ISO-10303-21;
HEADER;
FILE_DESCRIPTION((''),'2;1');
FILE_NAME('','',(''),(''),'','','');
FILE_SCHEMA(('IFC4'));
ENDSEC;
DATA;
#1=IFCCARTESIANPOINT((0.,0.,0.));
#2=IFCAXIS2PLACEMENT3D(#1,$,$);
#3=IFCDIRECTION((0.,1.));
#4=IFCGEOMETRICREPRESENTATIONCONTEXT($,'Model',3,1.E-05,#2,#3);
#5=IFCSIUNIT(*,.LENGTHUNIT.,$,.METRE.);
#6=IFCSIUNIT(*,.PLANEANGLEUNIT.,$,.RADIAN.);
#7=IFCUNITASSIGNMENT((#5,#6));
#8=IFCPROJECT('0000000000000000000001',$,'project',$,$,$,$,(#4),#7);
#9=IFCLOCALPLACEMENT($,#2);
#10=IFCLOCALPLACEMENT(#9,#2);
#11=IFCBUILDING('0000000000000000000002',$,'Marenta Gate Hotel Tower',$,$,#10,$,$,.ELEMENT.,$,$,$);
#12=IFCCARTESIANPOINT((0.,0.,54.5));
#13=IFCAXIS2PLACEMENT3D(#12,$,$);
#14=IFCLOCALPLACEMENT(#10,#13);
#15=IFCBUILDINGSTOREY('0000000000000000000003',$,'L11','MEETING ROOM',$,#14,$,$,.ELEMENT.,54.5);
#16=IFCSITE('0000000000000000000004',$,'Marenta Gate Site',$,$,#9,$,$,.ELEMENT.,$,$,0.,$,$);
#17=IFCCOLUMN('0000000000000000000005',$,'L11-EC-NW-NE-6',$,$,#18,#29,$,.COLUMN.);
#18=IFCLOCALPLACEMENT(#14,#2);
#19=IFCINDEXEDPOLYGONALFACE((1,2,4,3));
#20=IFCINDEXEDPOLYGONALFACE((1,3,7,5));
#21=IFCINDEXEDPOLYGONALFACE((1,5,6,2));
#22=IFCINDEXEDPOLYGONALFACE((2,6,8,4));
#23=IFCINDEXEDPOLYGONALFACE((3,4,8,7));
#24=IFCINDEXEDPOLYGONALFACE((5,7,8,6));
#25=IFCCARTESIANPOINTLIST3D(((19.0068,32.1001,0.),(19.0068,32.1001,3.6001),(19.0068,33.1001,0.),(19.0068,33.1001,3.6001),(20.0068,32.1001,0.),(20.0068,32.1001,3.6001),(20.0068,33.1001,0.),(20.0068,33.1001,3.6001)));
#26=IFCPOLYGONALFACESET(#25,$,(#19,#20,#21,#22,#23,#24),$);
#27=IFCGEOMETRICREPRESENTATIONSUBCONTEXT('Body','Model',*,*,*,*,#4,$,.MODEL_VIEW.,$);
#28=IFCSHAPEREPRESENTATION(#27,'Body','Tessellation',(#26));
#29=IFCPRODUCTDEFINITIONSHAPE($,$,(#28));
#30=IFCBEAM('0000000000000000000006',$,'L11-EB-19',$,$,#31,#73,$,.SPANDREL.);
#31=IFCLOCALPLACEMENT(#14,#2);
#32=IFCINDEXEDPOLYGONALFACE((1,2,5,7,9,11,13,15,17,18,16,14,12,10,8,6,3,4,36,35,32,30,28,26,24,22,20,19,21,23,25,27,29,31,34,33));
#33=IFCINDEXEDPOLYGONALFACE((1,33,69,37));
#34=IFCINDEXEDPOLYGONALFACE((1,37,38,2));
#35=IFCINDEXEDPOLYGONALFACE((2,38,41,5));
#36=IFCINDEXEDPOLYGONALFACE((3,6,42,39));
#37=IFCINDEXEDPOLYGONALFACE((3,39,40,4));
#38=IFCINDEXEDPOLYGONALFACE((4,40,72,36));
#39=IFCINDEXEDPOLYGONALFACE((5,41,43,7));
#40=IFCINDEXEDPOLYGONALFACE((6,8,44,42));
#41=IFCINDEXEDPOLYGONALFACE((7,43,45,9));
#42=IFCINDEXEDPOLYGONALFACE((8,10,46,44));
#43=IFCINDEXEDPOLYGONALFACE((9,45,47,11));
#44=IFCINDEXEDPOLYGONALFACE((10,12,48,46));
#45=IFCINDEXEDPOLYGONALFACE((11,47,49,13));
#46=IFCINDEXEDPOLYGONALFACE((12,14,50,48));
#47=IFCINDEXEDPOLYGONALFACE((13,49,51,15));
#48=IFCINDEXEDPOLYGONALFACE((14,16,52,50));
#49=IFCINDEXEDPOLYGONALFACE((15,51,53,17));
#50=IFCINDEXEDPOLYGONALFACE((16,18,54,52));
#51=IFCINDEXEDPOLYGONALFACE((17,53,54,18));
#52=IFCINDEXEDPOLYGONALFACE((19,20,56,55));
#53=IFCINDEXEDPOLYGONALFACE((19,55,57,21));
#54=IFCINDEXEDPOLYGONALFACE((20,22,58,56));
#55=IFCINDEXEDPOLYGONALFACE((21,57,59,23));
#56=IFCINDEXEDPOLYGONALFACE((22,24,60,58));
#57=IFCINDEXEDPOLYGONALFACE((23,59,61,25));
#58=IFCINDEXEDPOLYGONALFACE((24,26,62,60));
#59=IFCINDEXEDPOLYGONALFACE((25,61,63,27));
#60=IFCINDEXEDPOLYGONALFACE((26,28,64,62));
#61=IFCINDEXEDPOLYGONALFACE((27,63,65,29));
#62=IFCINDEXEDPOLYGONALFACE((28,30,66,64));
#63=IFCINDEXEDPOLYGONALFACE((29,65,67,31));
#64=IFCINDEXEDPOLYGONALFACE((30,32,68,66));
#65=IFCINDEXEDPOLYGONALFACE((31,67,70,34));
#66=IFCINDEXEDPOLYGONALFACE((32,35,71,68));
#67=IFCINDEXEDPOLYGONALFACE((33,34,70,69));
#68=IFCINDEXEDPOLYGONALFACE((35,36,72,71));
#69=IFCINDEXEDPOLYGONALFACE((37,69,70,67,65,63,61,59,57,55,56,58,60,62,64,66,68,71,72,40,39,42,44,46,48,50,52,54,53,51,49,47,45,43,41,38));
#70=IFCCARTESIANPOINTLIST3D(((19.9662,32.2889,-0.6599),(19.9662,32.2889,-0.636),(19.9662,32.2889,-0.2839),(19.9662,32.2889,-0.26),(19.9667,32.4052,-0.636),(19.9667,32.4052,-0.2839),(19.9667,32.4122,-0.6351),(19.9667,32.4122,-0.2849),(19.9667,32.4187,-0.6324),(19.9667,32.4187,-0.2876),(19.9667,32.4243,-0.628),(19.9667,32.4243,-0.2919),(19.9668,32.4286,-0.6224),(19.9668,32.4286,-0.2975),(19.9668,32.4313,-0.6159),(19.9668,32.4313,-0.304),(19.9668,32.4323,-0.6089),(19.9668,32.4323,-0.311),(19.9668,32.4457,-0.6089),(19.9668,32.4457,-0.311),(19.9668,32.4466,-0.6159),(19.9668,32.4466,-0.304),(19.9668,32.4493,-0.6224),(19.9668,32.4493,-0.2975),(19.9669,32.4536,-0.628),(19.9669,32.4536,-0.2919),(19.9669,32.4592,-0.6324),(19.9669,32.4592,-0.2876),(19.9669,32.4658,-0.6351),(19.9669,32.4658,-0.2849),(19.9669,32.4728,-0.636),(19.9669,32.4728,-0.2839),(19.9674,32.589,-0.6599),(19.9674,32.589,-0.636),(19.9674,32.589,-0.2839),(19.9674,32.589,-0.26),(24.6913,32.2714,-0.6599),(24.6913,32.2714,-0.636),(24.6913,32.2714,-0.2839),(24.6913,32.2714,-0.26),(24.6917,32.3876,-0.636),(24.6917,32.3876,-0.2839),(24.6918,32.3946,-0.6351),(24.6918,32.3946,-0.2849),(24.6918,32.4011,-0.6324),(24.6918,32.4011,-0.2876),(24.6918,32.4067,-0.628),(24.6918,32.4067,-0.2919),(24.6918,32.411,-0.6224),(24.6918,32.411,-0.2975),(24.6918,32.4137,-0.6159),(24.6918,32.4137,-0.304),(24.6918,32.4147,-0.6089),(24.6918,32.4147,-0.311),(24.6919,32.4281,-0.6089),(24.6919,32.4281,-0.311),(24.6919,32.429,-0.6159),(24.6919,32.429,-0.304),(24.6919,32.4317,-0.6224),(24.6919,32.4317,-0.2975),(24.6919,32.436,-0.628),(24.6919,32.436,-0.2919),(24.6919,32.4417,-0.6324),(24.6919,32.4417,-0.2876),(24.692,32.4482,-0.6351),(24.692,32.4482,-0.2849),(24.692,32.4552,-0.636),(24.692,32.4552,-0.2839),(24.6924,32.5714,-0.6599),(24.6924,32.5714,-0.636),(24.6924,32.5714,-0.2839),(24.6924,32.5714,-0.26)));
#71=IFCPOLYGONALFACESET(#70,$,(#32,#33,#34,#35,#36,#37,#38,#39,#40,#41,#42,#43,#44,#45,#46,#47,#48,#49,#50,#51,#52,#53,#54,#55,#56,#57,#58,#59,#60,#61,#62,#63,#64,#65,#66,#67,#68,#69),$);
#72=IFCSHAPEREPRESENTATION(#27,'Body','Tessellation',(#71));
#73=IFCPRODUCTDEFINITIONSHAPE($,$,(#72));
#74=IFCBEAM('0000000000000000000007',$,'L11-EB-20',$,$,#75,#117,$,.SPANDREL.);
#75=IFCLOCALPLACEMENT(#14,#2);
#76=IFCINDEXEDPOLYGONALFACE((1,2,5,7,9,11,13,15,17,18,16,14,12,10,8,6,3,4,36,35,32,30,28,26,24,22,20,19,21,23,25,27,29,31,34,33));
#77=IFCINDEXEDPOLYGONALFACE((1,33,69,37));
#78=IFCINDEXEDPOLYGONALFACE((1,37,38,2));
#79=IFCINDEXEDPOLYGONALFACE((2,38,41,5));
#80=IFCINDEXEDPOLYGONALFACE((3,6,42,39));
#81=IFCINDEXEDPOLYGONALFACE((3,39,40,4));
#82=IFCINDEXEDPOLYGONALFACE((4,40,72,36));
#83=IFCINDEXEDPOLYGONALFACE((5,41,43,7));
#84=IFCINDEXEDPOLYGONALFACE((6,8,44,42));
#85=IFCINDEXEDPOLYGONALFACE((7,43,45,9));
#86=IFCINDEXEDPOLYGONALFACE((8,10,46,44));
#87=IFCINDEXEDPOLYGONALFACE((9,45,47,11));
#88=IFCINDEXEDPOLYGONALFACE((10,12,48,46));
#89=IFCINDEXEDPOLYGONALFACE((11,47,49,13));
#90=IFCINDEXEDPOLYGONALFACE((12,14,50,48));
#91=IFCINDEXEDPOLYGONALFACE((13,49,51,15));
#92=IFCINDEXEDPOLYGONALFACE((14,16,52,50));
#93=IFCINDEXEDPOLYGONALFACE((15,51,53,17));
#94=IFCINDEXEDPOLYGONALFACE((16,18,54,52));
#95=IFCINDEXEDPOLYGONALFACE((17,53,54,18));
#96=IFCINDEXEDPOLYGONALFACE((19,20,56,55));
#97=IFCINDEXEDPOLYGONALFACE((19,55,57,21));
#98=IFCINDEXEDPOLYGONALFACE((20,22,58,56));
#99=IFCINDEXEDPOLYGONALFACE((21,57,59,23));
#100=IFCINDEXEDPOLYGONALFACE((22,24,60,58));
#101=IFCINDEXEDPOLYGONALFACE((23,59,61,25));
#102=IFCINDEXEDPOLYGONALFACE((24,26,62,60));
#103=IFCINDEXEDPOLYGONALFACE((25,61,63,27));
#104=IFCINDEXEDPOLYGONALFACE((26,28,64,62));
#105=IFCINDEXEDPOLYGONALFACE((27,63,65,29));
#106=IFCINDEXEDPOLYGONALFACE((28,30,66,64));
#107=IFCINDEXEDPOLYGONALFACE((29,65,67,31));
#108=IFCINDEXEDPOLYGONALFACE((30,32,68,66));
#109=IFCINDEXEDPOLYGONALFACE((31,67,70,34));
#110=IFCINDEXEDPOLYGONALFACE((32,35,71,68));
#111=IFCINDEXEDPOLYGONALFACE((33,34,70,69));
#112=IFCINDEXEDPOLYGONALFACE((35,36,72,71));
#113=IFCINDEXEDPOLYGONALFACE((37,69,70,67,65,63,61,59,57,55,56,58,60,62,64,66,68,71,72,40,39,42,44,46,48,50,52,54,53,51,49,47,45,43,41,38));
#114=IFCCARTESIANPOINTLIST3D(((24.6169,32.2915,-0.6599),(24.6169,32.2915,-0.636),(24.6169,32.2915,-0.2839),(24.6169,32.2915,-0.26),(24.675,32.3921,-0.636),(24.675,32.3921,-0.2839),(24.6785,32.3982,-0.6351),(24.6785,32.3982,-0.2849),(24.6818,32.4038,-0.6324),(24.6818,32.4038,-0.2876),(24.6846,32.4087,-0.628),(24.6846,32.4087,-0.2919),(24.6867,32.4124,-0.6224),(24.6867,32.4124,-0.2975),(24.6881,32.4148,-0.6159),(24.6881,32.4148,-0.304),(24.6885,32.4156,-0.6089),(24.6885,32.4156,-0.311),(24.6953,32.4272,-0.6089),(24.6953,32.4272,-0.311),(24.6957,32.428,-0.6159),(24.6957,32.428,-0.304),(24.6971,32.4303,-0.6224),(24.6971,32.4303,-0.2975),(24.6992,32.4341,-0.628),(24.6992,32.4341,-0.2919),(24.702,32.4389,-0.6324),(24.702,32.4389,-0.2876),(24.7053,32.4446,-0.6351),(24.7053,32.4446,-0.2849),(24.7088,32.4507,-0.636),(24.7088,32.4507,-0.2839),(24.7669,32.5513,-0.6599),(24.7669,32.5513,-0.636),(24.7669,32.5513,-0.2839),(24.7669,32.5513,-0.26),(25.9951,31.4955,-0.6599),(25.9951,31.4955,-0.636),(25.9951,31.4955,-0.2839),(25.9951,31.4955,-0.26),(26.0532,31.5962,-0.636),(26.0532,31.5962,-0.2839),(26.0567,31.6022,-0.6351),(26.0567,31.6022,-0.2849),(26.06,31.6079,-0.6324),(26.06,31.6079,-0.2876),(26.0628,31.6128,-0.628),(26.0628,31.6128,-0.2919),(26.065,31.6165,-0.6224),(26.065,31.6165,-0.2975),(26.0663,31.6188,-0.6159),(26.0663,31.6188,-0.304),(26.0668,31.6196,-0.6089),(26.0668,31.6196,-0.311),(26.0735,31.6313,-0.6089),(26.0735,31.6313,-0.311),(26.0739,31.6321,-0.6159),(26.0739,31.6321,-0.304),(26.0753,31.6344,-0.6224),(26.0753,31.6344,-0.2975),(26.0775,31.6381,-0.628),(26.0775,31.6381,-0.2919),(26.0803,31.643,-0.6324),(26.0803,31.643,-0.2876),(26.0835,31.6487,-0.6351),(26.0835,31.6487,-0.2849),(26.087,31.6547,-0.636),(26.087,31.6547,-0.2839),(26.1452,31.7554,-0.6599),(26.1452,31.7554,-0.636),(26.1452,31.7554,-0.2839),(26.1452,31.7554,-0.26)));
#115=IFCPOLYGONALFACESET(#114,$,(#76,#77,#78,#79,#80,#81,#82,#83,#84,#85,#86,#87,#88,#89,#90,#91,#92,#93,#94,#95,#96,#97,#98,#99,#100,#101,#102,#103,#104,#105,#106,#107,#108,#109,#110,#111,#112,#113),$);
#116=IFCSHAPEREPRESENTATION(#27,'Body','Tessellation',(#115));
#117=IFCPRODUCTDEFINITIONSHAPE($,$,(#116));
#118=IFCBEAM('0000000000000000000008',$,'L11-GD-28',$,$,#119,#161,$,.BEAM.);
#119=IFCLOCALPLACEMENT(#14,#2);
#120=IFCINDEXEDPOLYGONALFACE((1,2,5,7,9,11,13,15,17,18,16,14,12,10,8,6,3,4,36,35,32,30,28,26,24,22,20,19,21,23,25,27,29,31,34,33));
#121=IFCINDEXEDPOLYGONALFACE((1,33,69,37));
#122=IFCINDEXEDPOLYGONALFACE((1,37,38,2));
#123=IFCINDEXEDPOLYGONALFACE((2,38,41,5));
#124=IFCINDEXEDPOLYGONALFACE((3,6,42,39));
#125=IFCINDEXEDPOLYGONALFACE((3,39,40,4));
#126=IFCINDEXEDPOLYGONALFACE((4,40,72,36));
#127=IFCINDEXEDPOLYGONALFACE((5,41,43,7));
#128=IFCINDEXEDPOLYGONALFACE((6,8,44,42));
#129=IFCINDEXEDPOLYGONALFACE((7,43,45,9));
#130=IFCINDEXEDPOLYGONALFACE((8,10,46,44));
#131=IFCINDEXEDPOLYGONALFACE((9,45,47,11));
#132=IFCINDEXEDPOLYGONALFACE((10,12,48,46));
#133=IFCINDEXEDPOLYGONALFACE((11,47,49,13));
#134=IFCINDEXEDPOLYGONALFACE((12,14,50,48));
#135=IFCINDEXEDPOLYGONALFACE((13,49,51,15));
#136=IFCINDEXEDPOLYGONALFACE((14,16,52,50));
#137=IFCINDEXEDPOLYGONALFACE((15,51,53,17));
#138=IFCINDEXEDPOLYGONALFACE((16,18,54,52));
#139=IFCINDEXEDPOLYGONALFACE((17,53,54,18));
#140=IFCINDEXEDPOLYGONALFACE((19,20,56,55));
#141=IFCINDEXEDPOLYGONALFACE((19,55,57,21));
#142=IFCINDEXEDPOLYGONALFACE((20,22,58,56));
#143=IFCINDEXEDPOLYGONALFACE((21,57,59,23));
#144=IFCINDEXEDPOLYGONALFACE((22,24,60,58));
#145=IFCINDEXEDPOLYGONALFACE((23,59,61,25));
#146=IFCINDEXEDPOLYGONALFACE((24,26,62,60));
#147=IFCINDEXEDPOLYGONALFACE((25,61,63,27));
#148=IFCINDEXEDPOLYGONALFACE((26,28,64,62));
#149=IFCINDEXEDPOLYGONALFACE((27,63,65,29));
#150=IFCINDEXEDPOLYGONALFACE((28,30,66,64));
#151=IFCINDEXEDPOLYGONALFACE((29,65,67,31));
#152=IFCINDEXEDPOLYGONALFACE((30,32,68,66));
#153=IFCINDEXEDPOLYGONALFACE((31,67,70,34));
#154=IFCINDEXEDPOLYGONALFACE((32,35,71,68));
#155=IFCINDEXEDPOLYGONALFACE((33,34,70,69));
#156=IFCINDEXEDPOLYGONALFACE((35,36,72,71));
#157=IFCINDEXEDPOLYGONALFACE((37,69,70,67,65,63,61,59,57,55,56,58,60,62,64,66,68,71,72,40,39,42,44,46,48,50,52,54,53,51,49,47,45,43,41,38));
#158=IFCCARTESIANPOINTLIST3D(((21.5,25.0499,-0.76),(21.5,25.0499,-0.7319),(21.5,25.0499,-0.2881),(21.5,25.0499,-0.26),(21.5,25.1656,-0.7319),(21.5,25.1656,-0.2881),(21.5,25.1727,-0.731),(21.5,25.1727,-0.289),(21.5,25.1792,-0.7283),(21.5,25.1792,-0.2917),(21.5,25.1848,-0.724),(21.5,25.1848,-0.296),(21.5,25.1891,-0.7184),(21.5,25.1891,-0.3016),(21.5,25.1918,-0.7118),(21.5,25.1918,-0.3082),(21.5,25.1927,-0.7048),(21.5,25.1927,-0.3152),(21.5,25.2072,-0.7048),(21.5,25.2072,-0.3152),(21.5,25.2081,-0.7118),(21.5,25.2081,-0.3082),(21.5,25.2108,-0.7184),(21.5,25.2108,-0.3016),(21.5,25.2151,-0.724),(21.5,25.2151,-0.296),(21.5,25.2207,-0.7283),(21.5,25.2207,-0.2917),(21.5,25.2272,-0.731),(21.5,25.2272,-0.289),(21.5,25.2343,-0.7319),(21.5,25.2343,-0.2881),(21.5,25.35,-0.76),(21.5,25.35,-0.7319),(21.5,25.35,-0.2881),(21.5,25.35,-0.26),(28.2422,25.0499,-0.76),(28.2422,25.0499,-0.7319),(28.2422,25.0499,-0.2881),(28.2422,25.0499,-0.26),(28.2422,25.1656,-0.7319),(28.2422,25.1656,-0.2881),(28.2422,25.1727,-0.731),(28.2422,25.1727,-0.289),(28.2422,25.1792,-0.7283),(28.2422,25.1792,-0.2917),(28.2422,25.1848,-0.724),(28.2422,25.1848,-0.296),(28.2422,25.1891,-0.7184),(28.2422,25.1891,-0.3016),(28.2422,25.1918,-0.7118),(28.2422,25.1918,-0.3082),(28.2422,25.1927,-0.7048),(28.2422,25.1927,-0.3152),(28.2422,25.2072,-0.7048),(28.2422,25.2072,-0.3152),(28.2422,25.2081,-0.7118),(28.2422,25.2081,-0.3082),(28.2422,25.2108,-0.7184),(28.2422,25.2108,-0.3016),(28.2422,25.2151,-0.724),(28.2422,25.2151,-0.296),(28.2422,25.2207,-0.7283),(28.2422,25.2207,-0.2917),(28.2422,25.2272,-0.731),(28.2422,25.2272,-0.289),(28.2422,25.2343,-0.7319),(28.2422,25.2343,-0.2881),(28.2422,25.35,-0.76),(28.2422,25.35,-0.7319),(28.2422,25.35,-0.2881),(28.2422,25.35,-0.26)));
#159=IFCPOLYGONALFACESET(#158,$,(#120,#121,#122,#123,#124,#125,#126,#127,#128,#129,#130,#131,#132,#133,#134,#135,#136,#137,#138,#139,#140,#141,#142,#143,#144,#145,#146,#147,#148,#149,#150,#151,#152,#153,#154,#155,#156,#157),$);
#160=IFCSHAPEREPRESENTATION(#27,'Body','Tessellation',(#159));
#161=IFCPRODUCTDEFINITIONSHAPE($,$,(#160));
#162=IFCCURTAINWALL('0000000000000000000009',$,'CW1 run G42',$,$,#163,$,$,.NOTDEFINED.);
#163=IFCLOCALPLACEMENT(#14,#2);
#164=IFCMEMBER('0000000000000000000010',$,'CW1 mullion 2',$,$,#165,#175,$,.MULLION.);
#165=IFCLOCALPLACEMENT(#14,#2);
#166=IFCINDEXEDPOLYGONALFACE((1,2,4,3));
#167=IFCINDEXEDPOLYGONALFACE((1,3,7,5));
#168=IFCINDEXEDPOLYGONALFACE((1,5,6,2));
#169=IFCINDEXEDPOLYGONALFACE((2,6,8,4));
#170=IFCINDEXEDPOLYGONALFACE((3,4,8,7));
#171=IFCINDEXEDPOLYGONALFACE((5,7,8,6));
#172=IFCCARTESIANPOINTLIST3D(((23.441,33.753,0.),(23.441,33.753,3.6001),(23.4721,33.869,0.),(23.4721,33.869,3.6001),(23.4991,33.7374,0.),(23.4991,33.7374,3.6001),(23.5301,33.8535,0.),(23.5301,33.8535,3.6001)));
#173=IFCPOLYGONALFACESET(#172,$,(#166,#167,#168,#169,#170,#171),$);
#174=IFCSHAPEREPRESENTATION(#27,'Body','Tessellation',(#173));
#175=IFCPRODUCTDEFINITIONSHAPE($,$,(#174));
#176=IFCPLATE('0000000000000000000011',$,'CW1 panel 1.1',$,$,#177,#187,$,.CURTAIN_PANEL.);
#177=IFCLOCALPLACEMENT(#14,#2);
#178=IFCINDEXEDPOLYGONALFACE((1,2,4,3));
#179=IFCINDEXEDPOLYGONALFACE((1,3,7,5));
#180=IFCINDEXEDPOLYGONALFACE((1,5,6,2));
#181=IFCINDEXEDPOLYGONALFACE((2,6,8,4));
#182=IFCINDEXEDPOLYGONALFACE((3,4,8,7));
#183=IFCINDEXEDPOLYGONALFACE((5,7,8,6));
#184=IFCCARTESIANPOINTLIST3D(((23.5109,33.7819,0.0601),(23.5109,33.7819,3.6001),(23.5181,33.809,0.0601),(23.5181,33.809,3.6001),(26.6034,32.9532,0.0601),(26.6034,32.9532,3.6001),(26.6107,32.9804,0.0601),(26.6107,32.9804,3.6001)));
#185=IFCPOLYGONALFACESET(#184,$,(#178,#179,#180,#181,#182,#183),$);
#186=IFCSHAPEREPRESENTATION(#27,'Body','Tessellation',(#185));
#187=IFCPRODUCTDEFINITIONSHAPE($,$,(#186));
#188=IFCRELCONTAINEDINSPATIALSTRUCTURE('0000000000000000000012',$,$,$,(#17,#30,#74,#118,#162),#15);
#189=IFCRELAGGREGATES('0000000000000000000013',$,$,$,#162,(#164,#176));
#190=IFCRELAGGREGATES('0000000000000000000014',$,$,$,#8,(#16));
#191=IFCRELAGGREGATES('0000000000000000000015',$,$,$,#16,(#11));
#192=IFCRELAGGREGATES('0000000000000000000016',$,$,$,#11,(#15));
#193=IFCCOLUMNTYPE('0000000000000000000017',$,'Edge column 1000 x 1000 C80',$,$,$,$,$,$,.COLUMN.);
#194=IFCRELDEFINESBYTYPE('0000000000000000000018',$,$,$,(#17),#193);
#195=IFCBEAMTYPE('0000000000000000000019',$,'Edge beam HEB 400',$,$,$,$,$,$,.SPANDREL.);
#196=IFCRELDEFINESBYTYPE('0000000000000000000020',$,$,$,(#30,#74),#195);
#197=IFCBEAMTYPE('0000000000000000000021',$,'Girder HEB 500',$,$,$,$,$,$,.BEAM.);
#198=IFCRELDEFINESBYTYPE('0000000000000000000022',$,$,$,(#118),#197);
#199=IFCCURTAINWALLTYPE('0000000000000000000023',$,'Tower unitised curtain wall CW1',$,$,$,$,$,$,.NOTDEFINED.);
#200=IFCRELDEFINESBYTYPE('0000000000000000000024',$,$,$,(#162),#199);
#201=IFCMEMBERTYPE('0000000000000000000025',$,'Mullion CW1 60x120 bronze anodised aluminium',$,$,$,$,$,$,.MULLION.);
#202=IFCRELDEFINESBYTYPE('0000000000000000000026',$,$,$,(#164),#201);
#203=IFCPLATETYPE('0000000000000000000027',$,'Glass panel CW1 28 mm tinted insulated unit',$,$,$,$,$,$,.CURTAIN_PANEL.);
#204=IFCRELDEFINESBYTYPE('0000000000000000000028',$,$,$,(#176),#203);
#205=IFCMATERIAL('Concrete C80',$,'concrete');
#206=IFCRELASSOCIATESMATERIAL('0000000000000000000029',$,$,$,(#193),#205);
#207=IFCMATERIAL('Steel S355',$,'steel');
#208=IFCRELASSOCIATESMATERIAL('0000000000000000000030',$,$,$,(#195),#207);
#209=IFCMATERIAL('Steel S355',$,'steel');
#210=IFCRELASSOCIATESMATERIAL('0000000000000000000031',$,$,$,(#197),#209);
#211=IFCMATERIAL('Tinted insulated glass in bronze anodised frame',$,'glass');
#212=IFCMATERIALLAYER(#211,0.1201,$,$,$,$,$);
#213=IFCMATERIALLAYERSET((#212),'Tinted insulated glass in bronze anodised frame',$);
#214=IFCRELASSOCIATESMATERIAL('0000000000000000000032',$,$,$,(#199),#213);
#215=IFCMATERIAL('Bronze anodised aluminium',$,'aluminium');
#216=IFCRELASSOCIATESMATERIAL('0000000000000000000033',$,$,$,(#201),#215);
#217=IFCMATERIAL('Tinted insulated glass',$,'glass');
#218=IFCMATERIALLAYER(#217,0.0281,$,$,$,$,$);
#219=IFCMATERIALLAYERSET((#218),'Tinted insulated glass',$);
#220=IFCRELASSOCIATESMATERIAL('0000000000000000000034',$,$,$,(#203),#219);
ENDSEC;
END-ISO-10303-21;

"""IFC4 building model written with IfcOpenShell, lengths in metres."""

from ifc_helpers import new_model, si_unit, direction, frame, origin, origin_2d, place, context, subcontext, project, spatial, rectangle, i_section, extrude, material, layer, layer_set, material_profile, profile_set, type_object, element, aggregate, save


model = new_model("IFC4")

# Units and contexts
model_context = context("Model", 3, precision=1e-05, world=origin(), true_north=direction((0.0, 1.0)))
body_context = subcontext(model_context, "Body", "Model", "MODEL_VIEW")
ifc_project = project(units=[si_unit("LENGTHUNIT", "METRE"), si_unit("PLANEANGLEUNIT", "RADIAN")], contexts=[model_context])

# Site, building, storey
site_placement = place(None, origin())
site = spatial("IfcSite", under=ifc_project, at=site_placement, Name="Marenta Gate Site", CompositionType="ELEMENT", RefElevation=0.0)
building_placement = place(site_placement, origin())
building = spatial("IfcBuilding", under=site, at=building_placement, Name="Marenta Gate Hotel Tower", CompositionType="ELEMENT")
storey_placement = place(building_placement, frame((0.0, 0.0, 54.5)))
storey = spatial("IfcBuildingStorey", under=building, at=storey_placement, Name="L11", Description="MEETING ROOM", CompositionType="ELEMENT", Elevation=54.5)

# Column
ifc_material_1 = material(Name="Concrete C80", Category="concrete")
ifc_material_profile_1 = material_profile(ifc_material_1, rectangle(XDim=1.0, YDim=1.0, at=origin_2d()), Name="1000 x 1000")
ifc_profile_set_1 = profile_set([ifc_material_profile_1], Name="Concrete C80")
column_type = type_object("IfcColumnType", Name="Edge column 1000 x 1000 C80", PredefinedType="COLUMN", material=ifc_profile_set_1)
column_placement = place(storey_placement, frame((19.5068, 32.6001, 0.0), z_axis=(0.0, 0.0, 1.0), x_axis=(1.0, 0.0, 0.0)))
element("IfcColumn", 1, at=column_placement, inside=storey, type_object=column_type, Name="L11-EC-NW-NE-6", PredefinedType="COLUMN", context=body_context, shape_type="SweptSolid", body=[
    extrude(rectangle(XDim=1.0, YDim=1.0, at=origin_2d()), origin(), (0.0, 0.0, 1.0), 3.6001),
])

# Beams
ifc_material_2 = material(Name="Steel S355", Category="steel")
ifc_material_profile_2 = material_profile(ifc_material_2, i_section(OverallWidth=0.3, OverallDepth=0.3999, WebThickness=0.0134, FlangeThickness=0.0239, FilletRadius=0.0271, at=origin_2d()), Name="HEB 400")
ifc_profile_set_2 = profile_set([ifc_material_profile_2], Name="Steel S355")
beam_type_1 = type_object("IfcBeamType", Name="Edge beam HEB 400", PredefinedType="SPANDREL", material=ifc_profile_set_2)
beam_1_placement = place(storey_placement, frame((19.9668, 32.439, -0.46), z_axis=(0.999993, -0.00372, 0.0), x_axis=(0.00372, 0.999993, 0.0)))
element("IfcBeam", 2, at=beam_1_placement, inside=storey, type_object=beam_type_1, Name="L11-EB-19", PredefinedType="SPANDREL", context=body_context, shape_type="SweptSolid", body=[
    extrude(i_section(OverallWidth=0.3, OverallDepth=0.3999, WebThickness=0.0134, FlangeThickness=0.0239, FilletRadius=0.0271, at=origin_2d()), origin(), (0.0, 0.0, 1.0), 4.7251),
])
beam_2_placement = place(storey_placement, frame((24.6919, 32.4214, -0.46), z_axis=(0.865968, -0.500099, 0.0), x_axis=(0.500099, 0.865968, 0.0)))
element("IfcBeam", 3, at=beam_2_placement, inside=storey, type_object=beam_type_1, Name="L11-EB-20", PredefinedType="SPANDREL", context=body_context, shape_type="SweptSolid", body=[
    extrude(i_section(OverallWidth=0.3, OverallDepth=0.3999, WebThickness=0.0134, FlangeThickness=0.0239, FilletRadius=0.0271, at=origin_2d()), origin(), (0.0, 0.0, 1.0), 1.5916),
])
ifc_material_3 = material(Name="Steel S355", Category="steel")
ifc_material_profile_3 = material_profile(ifc_material_3, i_section(OverallWidth=0.3, OverallDepth=0.5, WebThickness=0.0144, FlangeThickness=0.0281, FilletRadius=0.0271, at=origin_2d()), Name="HEB 500")
ifc_profile_set_3 = profile_set([ifc_material_profile_3], Name="Steel S355")
beam_type_2 = type_object("IfcBeamType", Name="Girder HEB 500", PredefinedType="BEAM", material=ifc_profile_set_3)
beam_3_placement = place(storey_placement, frame((21.5, 25.2, -0.51), z_axis=(1.0, 0.0, 0.0), x_axis=(0.0, 1.0, 0.0)))
element("IfcBeam", 4, at=beam_3_placement, inside=storey, type_object=beam_type_2, Name="L11-GD-28", PredefinedType="BEAM", context=body_context, shape_type="SweptSolid", body=[
    extrude(i_section(OverallWidth=0.3, OverallDepth=0.5, WebThickness=0.0144, FlangeThickness=0.0281, FilletRadius=0.0271, at=origin_2d()), origin(), (0.0, 0.0, 1.0), 6.7422),
])

# Curtain wall, member, plate
ifc_material_4 = material(Name="Tinted insulated glass in bronze anodised frame", Category="glass")
ifc_layer_1 = layer(ifc_material_4, 0.1201)
ifc_layer_set_1 = layer_set([ifc_layer_1], Name="Tinted insulated glass in bronze anodised frame")
curtain_wall_type = type_object("IfcCurtainWallType", Name="Tower unitised curtain wall CW1", PredefinedType="NOTDEFINED", material=ifc_layer_set_1)
curtain_wall_placement = place(storey_placement, origin())
curtain_wall = element("IfcCurtainWall", 5, at=curtain_wall_placement, inside=storey, type_object=curtain_wall_type, Name="CW1 run G42", PredefinedType="NOTDEFINED")
ifc_material_5 = material(Name="Bronze anodised aluminium", Category="aluminium")
ifc_material_profile_4 = material_profile(ifc_material_5, rectangle(XDim=0.1201, YDim=0.0601, at=origin_2d()), Name="Mullion CW1 60x120 bronze anodised aluminium")
ifc_profile_set_4 = profile_set([ifc_material_profile_4], Name="Bronze anodised aluminium")
member_type = type_object("IfcMemberType", Name="Mullion CW1 60x120 bronze anodised aluminium", PredefinedType="MULLION", material=ifc_profile_set_4)
member_placement = place(storey_placement, frame((23.4856, 33.8032, 0.0), z_axis=(0.0, 0.0, 1.0), x_axis=(-0.258807, -0.965929, 0.0)))
member = element("IfcMember", 6, at=member_placement, type_object=member_type, Name="CW1 mullion 2", PredefinedType="MULLION", context=body_context, shape_type="SweptSolid", body=[
    extrude(rectangle(XDim=0.1201, YDim=0.0601, at=origin_2d()), origin(), (0.0, 0.0, 1.0), 3.6001),
])
ifc_material_6 = material(Name="Tinted insulated glass", Category="glass")
ifc_layer_2 = layer(ifc_material_6, 0.0281)
ifc_layer_set_2 = layer_set([ifc_layer_2], Name="Tinted insulated glass")
plate_type = type_object("IfcPlateType", Name="Glass panel CW1 28 mm tinted insulated unit", PredefinedType="CURTAIN_PANEL", material=ifc_layer_set_2)
plate_placement = place(storey_placement, frame((25.0608, 33.3811, 0.0601), z_axis=(0.0, 0.0, 1.0), x_axis=(-0.965929, 0.258807, 0.0)))
plate = element("IfcPlate", 7, at=plate_placement, type_object=plate_type, Name="CW1 panel 1.1", PredefinedType="CURTAIN_PANEL", context=body_context, shape_type="SweptSolid", body=[
    extrude(rectangle(XDim=3.2017, YDim=0.0281, at=origin_2d()), origin(), (0.0, 0.0, 1.0), 3.54),
])
aggregate(curtain_wall, [member, plate])

save(model, "model.ifc")
